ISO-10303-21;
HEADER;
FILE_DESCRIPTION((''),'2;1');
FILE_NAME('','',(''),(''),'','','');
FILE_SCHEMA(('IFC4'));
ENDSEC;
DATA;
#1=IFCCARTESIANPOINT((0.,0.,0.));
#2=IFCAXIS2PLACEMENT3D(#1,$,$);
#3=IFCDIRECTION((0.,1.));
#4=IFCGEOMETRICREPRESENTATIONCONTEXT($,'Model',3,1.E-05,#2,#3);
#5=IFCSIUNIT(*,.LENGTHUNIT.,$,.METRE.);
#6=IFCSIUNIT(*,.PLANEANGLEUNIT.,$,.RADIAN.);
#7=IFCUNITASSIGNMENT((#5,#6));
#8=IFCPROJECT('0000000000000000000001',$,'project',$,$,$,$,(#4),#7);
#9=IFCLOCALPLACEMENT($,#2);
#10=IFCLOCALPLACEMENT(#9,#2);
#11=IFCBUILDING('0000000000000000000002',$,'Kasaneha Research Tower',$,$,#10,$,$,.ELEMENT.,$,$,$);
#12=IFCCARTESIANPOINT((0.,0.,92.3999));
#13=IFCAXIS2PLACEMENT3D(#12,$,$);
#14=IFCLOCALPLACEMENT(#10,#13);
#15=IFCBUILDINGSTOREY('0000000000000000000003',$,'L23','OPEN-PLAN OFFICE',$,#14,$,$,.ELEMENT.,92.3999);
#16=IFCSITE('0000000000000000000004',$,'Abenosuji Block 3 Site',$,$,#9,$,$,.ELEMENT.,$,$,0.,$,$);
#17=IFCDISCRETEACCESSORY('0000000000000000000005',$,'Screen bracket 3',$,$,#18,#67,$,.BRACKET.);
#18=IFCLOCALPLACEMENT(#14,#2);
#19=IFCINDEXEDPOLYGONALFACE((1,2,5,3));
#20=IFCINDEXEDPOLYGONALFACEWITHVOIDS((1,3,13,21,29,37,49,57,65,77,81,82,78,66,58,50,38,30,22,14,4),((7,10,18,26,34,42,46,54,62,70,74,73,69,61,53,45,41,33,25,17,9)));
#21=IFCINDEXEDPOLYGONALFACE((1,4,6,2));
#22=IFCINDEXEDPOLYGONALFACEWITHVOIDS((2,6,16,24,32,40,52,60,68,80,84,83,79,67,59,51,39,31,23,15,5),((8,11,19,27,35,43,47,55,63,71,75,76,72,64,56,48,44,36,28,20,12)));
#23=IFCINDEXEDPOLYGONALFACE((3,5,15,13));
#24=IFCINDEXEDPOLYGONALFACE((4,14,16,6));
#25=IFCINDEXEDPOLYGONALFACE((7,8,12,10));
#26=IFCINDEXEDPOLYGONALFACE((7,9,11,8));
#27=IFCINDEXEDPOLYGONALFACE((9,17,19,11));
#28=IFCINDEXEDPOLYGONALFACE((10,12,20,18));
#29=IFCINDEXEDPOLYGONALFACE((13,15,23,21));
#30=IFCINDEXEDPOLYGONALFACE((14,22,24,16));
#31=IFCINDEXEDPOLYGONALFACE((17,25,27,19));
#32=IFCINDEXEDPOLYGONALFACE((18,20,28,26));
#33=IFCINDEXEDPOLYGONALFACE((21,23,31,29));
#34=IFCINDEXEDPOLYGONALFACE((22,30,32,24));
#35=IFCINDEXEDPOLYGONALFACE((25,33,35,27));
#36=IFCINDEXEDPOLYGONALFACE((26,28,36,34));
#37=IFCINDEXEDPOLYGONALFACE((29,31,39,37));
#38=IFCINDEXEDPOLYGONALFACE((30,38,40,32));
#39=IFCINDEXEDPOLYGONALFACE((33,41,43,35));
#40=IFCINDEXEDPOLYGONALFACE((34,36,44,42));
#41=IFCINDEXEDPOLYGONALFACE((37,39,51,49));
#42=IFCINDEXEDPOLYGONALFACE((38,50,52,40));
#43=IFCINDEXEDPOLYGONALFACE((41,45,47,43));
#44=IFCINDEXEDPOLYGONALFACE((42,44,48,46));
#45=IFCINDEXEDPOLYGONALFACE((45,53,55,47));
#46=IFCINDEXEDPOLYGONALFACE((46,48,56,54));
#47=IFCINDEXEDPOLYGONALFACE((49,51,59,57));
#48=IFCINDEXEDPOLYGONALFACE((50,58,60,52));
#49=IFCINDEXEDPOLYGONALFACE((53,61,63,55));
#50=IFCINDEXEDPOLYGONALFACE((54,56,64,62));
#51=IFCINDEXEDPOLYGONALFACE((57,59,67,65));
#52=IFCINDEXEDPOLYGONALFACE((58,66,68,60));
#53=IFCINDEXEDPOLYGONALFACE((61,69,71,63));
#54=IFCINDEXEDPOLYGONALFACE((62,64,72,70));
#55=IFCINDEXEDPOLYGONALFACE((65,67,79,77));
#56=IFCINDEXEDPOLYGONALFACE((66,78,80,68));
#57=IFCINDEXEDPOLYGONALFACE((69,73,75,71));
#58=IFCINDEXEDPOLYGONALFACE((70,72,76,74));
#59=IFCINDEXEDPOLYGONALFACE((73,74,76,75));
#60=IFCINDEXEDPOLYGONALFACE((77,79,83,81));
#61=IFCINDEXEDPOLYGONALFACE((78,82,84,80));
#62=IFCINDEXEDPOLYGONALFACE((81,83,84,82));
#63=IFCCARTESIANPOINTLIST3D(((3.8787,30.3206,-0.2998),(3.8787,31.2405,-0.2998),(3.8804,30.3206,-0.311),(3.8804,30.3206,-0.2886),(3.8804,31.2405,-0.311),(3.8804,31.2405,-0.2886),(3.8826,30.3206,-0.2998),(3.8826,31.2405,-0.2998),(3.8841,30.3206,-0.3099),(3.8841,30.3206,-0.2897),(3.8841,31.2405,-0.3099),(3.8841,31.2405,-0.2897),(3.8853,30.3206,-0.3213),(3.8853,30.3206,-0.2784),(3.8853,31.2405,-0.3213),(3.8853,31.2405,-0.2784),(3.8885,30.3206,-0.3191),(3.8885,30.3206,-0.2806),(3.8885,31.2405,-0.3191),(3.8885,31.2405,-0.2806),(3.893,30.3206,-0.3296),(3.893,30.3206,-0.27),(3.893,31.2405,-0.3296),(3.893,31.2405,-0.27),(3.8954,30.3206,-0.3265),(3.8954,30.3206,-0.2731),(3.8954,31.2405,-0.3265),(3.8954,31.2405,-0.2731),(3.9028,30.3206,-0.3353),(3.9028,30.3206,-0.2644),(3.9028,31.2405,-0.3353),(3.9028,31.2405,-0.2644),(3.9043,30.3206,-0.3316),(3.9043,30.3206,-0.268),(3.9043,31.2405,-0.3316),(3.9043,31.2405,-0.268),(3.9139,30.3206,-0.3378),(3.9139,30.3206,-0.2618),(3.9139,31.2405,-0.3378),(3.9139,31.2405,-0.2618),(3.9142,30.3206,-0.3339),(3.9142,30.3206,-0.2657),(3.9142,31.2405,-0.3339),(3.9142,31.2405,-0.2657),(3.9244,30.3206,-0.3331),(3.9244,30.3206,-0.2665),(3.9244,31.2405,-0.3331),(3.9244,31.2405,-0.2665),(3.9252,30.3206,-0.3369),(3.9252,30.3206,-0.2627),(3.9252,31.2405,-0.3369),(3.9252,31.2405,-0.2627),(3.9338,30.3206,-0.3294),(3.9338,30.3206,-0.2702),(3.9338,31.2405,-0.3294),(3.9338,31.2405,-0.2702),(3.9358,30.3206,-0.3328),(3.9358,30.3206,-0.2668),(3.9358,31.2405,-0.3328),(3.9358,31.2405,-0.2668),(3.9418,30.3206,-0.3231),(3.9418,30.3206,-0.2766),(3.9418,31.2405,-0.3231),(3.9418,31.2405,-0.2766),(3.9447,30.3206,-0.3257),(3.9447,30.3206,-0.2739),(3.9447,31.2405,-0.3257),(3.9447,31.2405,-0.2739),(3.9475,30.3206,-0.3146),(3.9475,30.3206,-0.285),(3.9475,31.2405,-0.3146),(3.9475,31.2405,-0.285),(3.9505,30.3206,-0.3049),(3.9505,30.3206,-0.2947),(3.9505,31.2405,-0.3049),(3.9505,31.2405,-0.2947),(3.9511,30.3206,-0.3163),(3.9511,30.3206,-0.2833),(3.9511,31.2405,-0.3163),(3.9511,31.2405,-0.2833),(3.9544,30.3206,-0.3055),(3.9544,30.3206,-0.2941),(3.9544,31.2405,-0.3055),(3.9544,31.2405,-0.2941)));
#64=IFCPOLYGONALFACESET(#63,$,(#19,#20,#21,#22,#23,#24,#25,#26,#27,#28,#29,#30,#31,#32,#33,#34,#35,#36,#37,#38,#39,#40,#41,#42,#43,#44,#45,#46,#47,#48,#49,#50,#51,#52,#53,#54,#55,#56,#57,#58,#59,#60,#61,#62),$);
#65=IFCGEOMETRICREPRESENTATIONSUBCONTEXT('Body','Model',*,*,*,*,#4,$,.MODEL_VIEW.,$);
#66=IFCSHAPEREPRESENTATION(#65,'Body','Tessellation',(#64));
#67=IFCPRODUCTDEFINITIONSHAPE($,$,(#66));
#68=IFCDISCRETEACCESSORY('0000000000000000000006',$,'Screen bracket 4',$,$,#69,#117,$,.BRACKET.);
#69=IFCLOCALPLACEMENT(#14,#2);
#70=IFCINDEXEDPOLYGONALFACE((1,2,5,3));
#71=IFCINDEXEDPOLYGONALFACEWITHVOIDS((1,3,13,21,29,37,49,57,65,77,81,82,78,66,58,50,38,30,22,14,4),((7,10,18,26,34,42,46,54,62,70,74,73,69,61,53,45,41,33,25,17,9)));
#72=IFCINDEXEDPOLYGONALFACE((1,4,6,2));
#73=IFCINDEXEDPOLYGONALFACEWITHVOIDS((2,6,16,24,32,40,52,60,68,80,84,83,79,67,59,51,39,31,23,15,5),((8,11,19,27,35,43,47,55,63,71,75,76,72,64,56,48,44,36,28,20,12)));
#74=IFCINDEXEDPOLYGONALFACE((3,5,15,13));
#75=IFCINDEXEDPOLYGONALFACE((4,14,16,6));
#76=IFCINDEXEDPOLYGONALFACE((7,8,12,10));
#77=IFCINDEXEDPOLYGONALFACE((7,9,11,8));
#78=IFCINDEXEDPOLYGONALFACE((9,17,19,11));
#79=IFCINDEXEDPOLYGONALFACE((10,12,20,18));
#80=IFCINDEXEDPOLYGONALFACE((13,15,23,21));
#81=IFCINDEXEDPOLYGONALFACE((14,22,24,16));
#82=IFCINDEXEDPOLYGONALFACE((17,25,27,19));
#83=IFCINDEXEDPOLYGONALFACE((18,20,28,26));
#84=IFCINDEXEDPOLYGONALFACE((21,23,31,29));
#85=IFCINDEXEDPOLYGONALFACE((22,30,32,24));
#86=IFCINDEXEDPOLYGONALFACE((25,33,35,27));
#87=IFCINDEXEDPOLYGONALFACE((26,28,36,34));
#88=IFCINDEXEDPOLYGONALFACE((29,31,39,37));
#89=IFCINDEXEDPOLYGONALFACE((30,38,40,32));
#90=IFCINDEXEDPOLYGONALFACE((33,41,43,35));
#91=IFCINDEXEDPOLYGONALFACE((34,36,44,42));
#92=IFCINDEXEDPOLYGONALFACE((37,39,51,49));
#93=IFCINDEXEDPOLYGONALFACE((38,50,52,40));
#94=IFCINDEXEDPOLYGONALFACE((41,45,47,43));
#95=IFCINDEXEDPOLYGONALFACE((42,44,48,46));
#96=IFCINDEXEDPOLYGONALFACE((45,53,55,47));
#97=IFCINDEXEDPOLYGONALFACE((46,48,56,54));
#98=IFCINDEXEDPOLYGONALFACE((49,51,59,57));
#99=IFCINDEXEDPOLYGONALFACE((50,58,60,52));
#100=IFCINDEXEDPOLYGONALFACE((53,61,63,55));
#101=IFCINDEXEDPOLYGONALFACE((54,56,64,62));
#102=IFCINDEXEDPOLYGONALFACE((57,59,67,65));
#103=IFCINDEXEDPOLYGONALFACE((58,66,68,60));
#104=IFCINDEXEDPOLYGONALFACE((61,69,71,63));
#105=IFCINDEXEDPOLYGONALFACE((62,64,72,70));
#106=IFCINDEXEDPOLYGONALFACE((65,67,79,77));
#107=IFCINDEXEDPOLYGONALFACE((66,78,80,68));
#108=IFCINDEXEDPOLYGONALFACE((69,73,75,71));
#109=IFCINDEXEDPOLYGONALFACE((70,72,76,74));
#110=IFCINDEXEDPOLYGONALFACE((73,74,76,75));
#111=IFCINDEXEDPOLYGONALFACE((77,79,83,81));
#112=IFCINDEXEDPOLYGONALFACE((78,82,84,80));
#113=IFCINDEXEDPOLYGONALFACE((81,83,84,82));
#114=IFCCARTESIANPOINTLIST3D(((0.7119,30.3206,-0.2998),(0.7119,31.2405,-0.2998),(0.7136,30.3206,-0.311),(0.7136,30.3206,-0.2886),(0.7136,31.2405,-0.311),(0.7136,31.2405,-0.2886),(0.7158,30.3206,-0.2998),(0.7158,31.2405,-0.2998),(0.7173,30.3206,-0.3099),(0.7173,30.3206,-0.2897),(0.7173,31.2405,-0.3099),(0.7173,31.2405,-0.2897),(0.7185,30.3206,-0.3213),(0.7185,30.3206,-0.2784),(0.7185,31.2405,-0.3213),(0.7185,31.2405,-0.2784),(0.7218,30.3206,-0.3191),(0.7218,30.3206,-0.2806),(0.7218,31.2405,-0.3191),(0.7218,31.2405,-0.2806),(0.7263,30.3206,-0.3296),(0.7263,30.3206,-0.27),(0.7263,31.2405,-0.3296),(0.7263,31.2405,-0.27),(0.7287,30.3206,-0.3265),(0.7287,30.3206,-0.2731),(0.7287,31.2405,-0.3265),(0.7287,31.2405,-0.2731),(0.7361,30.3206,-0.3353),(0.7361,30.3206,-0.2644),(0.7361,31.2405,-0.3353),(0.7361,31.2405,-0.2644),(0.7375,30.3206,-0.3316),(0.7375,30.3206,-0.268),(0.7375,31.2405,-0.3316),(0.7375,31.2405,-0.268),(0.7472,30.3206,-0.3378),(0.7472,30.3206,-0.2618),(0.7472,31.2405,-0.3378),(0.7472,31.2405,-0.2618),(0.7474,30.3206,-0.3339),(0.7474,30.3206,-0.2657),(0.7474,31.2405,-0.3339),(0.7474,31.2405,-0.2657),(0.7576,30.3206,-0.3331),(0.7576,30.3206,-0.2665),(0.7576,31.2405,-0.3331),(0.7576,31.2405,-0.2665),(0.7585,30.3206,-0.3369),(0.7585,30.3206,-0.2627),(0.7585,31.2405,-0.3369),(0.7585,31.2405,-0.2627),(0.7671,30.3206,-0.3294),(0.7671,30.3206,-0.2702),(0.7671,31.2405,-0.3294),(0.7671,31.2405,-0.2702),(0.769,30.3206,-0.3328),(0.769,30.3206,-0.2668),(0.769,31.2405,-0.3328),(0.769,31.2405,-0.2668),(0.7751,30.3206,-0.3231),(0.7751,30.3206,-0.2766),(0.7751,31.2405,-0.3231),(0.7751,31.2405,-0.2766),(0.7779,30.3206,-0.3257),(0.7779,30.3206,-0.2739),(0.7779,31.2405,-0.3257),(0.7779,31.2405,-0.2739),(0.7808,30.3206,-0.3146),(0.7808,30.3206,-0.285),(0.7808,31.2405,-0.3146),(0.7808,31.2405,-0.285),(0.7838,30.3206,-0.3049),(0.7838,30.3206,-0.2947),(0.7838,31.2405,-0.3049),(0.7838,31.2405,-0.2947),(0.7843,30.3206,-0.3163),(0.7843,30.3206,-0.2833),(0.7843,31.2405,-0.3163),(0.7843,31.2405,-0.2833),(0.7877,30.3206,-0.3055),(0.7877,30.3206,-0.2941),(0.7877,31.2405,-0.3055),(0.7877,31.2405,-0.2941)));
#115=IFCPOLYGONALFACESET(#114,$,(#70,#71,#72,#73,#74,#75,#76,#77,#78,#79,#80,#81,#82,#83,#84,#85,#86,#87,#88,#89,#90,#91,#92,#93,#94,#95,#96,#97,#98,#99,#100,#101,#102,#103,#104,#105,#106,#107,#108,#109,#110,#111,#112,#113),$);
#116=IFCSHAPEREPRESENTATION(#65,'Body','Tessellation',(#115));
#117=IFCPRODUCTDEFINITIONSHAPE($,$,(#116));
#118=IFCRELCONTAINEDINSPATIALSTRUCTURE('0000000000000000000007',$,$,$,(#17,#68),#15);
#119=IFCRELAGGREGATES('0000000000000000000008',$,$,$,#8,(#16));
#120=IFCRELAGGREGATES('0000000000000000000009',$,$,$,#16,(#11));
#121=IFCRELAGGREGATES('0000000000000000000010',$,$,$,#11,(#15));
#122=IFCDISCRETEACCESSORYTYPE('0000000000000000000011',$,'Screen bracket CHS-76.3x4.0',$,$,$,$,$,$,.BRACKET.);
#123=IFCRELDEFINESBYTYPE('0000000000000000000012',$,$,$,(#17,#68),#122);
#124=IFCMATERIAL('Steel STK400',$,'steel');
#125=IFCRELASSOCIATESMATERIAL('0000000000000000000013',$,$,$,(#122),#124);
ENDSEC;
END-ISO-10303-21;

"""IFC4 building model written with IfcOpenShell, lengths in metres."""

from ifc_helpers import new_model, si_unit, direction, frame, origin, origin_2d, place, context, subcontext, project, spatial, hollow_circle, extrude, material, material_profile, profile_set, type_object, element, save


model = new_model("IFC4")

# Units and contexts
model_context = context("Model", 3, precision=1e-05, world=origin(), true_north=direction((0.0, 1.0)))
body_context = subcontext(model_context, "Body", "Model", "MODEL_VIEW")
ifc_project = project(units=[si_unit("LENGTHUNIT", "METRE"), si_unit("PLANEANGLEUNIT", "RADIAN")], contexts=[model_context])

# Site, building, storey
site_placement = place(None, origin())
site = spatial("IfcSite", under=ifc_project, at=site_placement, Name="Abenosuji Block 3 Site", CompositionType="ELEMENT", RefElevation=0.0)
building_placement = place(site_placement, origin())
building = spatial("IfcBuilding", under=site, at=building_placement, Name="Kasaneha Research Tower", CompositionType="ELEMENT")
storey_placement = place(building_placement, frame((0.0, 0.0, 92.3999)))
storey = spatial("IfcBuildingStorey", under=building, at=storey_placement, Name="L23", Description="OPEN-PLAN OFFICE", CompositionType="ELEMENT", Elevation=92.3999)

# Discrete accessories
ifc_material_1 = material(Name="Steel STK400", Category="steel")
ifc_material_profile_1 = material_profile(ifc_material_1, hollow_circle(Radius=0.0381, WallThickness=0.0039, at=origin_2d()), Name="CHS-76.3x4.0")
ifc_profile_set_1 = profile_set([ifc_material_profile_1], Name="Steel STK400")
discrete_accessory_type = type_object("IfcDiscreteAccessoryType", Name="Screen bracket CHS-76.3x4.0", PredefinedType="BRACKET", material=ifc_profile_set_1)
for number, where, z_axis, x_axis, name in (
    (1, (3.9167, 30.3206, -0.2998), (0.0, 1.0, 0.0), (-1.0, 0.0, 0.0), "Screen bracket 3"),
    (2, (0.75, 30.3206, -0.2998), (0.0, 1.0, 0.0), (-1.0, 0.0, 0.0), "Screen bracket 4"),
):
    element("IfcDiscreteAccessory", number, at=place(storey_placement, frame(where, z_axis=z_axis, x_axis=x_axis)), inside=storey, type_object=discrete_accessory_type, Name=name, PredefinedType="BRACKET", context=body_context, shape_type="SweptSolid", body=[
        extrude(hollow_circle(Radius=0.0381, WallThickness=0.0039, at=origin_2d()), origin(), (0.0, 0.0, 1.0), 0.9199),
    ])

save(model, "model.ifc")
